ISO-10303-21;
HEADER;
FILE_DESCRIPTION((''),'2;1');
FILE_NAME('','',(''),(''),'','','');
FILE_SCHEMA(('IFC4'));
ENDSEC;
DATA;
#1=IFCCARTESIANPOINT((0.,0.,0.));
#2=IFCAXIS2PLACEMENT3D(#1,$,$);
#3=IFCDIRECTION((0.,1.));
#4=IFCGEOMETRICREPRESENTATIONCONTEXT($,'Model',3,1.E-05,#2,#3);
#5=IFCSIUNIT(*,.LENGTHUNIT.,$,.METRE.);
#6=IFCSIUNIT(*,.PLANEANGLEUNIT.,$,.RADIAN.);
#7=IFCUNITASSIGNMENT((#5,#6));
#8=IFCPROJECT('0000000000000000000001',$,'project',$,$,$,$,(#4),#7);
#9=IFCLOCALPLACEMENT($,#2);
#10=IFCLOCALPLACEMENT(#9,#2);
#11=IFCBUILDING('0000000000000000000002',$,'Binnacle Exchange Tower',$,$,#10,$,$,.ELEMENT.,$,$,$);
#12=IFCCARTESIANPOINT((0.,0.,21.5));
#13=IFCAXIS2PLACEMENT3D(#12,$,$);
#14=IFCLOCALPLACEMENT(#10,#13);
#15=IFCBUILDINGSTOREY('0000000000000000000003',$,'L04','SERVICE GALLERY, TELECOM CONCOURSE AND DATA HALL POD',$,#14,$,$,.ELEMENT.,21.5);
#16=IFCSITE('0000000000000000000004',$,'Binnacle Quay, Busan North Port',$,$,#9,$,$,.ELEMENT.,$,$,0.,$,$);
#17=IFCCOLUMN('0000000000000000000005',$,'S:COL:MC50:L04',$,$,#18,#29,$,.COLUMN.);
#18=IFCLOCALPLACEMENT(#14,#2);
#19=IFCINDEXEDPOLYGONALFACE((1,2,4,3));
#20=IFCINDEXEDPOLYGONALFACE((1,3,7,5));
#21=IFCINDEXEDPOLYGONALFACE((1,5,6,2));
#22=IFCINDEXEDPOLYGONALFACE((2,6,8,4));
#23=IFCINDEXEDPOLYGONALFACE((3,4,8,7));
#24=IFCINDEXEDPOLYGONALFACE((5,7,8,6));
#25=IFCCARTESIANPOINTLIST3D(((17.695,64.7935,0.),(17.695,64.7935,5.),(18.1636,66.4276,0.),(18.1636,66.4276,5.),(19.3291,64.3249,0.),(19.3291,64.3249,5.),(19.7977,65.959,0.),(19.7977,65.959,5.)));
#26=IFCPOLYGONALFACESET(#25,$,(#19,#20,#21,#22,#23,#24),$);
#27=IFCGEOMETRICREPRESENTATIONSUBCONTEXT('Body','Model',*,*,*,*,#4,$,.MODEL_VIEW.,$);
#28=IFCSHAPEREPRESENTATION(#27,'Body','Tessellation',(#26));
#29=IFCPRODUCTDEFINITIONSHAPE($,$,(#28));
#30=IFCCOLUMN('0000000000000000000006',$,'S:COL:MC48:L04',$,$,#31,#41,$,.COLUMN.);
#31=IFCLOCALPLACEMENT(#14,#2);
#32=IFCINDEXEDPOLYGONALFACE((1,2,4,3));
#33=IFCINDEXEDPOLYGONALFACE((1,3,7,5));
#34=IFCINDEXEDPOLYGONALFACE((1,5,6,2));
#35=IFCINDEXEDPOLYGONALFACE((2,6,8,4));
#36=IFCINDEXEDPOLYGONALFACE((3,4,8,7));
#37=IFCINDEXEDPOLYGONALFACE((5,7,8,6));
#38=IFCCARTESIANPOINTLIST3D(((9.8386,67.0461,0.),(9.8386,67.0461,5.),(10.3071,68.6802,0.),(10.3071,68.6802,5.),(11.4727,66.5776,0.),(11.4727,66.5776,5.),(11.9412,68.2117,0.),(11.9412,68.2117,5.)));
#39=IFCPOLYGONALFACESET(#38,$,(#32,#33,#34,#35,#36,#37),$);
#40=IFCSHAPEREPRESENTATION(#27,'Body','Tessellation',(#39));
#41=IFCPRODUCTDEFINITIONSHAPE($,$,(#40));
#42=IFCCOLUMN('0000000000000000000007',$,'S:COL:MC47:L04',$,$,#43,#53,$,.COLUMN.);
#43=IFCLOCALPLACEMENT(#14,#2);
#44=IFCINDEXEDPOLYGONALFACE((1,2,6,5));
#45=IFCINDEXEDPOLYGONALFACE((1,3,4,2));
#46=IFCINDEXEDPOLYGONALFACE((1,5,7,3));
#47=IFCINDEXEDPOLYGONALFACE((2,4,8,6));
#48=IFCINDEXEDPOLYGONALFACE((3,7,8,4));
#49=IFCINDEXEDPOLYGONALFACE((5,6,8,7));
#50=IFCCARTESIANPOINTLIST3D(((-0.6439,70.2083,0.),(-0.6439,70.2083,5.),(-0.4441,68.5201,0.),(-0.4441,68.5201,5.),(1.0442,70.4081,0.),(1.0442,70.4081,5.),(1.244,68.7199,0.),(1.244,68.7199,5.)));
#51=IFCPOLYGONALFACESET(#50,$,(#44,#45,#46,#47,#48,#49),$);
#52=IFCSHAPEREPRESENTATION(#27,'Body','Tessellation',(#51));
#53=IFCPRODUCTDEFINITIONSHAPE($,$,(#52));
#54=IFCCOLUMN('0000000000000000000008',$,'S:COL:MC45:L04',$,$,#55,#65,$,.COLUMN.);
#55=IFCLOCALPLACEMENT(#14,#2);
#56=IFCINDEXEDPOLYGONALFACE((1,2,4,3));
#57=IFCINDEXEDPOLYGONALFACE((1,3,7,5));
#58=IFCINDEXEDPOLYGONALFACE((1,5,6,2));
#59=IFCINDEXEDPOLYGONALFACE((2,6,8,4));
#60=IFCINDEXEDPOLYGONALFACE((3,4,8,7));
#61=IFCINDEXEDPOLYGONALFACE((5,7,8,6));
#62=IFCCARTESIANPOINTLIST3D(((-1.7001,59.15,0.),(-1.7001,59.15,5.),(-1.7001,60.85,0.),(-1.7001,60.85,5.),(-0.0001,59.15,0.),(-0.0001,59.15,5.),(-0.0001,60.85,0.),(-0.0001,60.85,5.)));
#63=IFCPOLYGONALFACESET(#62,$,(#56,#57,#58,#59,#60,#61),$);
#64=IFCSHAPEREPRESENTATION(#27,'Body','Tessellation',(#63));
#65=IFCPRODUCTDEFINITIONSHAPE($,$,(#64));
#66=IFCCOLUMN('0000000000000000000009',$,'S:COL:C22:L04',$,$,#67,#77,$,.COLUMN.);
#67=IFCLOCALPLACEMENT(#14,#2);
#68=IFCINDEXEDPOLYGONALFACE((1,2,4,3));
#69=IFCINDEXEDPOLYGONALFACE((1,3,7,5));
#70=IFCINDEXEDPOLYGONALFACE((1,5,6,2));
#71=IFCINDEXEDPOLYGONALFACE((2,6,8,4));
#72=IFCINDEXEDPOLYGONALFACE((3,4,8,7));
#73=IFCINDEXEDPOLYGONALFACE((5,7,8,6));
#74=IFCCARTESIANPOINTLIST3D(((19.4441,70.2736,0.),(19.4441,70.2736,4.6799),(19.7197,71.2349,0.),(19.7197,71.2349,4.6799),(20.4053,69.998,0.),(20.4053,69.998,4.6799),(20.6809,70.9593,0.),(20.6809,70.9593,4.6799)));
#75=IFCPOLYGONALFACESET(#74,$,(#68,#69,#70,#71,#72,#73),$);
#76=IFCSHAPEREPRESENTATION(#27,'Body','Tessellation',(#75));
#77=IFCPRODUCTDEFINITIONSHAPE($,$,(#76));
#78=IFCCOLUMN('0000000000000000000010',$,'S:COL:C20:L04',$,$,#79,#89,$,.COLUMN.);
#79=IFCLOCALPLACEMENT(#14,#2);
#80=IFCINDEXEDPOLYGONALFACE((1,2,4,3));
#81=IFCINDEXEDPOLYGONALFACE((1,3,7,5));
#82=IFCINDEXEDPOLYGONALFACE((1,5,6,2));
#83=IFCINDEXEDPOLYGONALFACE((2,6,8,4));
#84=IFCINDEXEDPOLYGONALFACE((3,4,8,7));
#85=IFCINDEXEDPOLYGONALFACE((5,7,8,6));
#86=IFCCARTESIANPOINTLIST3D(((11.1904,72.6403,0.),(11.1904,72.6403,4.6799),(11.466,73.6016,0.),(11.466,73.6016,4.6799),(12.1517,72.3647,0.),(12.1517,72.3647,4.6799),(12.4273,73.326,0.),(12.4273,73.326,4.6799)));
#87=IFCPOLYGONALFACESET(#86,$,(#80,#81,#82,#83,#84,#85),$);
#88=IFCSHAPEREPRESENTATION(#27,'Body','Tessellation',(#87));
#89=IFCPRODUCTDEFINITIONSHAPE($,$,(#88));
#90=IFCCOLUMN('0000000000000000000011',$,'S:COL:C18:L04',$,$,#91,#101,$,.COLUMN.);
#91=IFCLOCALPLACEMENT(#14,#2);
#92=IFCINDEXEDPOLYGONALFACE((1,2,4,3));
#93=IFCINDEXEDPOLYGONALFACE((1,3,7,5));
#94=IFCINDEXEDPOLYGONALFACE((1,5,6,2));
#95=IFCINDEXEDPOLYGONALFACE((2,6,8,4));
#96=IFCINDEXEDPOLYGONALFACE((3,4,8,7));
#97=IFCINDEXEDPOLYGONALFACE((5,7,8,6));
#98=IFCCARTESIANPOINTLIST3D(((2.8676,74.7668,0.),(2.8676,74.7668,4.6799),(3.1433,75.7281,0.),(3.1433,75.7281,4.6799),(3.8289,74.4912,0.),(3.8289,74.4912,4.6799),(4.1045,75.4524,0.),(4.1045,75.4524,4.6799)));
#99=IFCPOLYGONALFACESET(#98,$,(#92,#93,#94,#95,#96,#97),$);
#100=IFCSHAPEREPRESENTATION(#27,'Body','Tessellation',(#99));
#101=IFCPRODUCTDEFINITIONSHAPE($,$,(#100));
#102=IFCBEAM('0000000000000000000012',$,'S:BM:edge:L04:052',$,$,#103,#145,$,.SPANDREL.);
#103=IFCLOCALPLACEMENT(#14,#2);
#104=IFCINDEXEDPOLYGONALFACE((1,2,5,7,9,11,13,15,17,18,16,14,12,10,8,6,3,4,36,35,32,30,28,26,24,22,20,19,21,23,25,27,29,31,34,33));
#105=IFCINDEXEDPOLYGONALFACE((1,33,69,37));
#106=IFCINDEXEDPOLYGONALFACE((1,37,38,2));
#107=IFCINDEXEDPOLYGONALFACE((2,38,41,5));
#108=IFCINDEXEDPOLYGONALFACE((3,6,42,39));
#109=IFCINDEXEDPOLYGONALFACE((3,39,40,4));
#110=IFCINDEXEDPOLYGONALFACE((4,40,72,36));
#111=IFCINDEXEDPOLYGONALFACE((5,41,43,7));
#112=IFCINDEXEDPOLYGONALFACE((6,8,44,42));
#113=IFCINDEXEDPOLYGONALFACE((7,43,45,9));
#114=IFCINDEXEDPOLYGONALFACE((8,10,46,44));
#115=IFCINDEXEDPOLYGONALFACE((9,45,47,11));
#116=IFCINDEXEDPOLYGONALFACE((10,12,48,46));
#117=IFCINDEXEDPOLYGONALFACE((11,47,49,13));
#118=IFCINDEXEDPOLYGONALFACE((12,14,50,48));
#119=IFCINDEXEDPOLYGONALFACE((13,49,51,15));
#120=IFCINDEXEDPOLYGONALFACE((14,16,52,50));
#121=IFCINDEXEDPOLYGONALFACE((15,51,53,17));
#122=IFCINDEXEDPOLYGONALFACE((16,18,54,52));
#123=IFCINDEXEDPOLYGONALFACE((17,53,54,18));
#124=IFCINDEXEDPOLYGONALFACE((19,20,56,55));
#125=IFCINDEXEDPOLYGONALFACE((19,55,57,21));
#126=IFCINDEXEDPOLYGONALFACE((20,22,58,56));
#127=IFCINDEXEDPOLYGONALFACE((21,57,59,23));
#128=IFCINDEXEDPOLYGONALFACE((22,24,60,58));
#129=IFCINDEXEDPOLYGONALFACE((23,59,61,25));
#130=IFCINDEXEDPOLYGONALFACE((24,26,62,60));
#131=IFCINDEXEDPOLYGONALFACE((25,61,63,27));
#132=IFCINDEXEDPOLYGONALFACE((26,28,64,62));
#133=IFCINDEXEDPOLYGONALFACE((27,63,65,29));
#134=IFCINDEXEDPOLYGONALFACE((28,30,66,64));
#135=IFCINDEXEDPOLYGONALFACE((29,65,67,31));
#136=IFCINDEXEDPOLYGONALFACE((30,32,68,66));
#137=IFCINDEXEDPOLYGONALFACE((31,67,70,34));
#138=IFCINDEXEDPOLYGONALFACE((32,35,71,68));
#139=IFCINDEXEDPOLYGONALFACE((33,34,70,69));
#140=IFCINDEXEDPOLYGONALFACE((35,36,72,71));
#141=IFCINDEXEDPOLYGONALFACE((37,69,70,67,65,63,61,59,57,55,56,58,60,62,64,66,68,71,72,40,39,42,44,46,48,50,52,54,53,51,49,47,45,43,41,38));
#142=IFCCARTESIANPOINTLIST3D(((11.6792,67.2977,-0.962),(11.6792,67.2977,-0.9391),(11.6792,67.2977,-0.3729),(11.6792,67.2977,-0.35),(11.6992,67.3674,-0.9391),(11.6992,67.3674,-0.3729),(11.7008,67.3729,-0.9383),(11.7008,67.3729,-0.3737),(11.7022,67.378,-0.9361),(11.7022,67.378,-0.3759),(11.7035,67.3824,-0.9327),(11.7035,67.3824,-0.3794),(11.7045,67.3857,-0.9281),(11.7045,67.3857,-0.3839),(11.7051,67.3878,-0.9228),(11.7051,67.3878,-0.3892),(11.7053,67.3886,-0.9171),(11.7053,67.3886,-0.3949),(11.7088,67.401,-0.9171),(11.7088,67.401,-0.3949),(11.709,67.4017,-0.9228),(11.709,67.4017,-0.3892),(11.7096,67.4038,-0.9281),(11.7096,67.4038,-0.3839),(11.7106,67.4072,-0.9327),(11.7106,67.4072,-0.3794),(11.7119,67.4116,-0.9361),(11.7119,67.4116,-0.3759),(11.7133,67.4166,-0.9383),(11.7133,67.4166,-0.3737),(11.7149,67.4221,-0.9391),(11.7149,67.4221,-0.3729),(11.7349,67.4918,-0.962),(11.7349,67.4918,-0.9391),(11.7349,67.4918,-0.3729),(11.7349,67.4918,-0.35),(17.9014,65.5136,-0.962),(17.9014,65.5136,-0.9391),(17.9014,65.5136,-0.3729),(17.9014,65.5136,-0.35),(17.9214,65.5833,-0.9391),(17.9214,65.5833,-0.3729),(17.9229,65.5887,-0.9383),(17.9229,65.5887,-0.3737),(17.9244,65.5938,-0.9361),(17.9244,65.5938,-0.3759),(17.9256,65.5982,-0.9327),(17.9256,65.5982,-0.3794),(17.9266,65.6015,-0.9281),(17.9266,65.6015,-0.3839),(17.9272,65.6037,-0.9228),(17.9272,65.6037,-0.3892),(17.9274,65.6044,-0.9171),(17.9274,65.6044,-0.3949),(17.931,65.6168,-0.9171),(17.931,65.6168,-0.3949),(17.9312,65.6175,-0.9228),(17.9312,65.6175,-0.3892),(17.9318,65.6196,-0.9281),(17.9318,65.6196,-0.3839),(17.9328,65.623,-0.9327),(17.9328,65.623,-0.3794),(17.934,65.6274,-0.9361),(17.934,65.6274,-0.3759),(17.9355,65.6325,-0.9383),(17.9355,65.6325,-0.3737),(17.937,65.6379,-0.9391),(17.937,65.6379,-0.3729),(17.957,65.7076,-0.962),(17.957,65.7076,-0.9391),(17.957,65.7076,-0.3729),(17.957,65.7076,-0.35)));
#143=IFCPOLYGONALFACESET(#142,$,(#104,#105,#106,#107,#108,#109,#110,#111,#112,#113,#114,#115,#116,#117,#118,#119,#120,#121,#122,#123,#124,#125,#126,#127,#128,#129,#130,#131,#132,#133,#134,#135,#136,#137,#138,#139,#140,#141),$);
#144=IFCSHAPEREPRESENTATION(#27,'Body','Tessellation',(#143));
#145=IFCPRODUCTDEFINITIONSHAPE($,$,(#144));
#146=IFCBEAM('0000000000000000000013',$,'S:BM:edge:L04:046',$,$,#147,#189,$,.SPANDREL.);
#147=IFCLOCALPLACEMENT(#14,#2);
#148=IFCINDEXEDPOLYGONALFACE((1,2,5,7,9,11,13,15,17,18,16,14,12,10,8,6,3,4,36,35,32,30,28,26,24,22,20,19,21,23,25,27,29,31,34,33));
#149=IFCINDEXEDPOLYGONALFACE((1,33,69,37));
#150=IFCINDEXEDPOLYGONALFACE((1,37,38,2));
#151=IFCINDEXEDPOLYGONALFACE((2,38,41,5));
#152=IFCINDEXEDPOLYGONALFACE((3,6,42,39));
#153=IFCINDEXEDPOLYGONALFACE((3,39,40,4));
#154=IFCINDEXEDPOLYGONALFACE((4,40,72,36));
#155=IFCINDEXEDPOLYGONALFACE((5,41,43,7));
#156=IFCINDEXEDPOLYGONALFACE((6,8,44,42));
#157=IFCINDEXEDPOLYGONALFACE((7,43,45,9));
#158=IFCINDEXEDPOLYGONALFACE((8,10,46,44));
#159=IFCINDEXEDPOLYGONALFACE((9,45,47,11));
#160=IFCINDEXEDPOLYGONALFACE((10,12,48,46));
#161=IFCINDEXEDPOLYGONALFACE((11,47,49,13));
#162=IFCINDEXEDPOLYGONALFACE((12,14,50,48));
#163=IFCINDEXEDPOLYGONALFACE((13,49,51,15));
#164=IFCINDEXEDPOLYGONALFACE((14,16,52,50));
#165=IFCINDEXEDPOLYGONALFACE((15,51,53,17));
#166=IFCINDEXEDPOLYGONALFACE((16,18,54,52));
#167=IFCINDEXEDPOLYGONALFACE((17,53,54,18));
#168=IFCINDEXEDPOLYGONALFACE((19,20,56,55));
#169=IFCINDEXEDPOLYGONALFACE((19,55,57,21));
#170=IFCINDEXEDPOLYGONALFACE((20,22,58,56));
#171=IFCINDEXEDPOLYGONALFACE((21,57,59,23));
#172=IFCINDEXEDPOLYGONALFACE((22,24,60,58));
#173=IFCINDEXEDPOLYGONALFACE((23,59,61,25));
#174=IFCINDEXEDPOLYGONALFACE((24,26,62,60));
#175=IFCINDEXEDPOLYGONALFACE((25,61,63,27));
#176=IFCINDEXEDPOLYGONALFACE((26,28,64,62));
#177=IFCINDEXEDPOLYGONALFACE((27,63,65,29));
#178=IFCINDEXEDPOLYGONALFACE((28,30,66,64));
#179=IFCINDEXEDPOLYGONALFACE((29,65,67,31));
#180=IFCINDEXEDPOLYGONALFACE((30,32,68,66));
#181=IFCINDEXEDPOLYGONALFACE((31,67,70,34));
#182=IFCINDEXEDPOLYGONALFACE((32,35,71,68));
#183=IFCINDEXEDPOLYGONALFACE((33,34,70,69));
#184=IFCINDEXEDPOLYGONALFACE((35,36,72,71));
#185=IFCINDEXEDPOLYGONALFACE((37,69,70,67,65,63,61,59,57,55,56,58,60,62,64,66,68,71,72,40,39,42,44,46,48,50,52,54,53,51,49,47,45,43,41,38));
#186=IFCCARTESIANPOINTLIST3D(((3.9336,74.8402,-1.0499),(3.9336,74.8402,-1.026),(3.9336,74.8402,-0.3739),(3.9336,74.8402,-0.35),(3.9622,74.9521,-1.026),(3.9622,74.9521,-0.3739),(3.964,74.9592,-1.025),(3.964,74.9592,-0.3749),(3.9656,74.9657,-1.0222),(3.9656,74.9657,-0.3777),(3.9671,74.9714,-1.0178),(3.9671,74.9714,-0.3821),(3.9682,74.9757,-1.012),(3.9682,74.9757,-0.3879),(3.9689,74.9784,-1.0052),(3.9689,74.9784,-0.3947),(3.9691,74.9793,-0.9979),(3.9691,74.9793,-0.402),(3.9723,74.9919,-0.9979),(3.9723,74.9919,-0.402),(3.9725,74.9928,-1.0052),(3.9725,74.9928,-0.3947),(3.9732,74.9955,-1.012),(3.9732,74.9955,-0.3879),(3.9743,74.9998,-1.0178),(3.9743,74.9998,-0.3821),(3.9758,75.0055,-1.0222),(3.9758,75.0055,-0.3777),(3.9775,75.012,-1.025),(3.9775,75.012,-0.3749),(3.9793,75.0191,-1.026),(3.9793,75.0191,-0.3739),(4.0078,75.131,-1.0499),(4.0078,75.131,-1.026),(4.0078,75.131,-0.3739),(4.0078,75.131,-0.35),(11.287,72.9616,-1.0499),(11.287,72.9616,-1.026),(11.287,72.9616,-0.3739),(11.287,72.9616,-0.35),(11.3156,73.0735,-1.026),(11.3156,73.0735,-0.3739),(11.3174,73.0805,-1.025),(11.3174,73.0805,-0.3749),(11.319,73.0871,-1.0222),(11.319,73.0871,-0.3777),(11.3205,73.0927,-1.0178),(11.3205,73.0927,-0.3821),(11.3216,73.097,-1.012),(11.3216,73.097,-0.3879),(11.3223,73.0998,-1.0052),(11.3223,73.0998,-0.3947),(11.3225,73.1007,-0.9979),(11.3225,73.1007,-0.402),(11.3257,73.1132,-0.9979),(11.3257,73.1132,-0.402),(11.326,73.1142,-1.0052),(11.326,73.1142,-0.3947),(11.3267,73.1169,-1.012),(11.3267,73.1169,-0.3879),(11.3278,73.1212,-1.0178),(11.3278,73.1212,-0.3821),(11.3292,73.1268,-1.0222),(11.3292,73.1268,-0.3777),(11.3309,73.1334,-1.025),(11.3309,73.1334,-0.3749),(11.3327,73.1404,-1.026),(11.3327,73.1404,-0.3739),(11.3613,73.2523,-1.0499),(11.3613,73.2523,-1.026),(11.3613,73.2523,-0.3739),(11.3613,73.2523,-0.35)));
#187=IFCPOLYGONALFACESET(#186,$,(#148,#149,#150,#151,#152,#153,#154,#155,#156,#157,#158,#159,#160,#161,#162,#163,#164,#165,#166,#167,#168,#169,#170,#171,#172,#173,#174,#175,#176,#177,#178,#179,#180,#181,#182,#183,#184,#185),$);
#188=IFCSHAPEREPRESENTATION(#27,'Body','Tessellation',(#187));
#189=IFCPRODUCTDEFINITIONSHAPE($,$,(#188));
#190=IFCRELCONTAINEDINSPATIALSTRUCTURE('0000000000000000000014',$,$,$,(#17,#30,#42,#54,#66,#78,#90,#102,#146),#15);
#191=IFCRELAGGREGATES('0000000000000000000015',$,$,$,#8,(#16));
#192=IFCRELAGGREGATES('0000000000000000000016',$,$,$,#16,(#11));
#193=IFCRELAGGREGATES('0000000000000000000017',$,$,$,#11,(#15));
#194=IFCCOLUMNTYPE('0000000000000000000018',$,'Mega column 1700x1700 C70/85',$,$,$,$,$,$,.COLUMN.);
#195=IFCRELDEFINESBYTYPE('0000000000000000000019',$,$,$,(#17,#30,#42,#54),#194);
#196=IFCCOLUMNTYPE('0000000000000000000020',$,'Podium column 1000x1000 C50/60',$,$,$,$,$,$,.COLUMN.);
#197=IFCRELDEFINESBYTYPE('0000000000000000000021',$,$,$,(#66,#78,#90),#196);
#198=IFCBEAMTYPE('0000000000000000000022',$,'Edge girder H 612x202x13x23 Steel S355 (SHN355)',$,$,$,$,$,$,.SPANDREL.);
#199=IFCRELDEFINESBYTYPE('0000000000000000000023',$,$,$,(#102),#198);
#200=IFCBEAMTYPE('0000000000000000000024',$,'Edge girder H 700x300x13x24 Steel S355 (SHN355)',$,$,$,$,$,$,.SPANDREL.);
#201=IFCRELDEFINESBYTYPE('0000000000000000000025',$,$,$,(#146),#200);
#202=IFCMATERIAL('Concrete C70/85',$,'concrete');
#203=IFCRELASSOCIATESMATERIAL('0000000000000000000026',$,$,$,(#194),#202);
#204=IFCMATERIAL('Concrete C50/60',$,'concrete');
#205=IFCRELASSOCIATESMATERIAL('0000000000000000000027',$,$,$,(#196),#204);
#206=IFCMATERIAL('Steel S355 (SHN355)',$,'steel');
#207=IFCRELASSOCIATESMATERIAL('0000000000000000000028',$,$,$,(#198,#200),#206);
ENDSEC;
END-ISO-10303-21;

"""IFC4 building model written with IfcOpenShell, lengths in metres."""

from ifc_helpers import new_model, si_unit, direction, frame, origin, origin_2d, place, context, subcontext, project, spatial, rectangle, i_section, extrude, material, material_profile, profile_set, type_object, element, save


model = new_model("IFC4")

# Units and contexts
model_context = context("Model", 3, precision=1e-05, world=origin(), true_north=direction((0.0, 1.0)))
body_context = subcontext(model_context, "Body", "Model", "MODEL_VIEW")
ifc_project = project(units=[si_unit("LENGTHUNIT", "METRE"), si_unit("PLANEANGLEUNIT", "RADIAN")], contexts=[model_context])

# Site, building, storey
site_placement = place(None, origin())
site = spatial("IfcSite", under=ifc_project, at=site_placement, Name="Binnacle Quay, Busan North Port", CompositionType="ELEMENT", RefElevation=0.0)
building_placement = place(site_placement, origin())
building = spatial("IfcBuilding", under=site, at=building_placement, Name="Binnacle Exchange Tower", CompositionType="ELEMENT")
storey_placement = place(building_placement, frame((0.0, 0.0, 21.5)))
storey = spatial("IfcBuildingStorey", under=building, at=storey_placement, Name="L04", Description="SERVICE GALLERY, TELECOM CONCOURSE AND DATA HALL POD", CompositionType="ELEMENT", Elevation=21.5)

# Columns
ifc_material_1 = material(Name="Concrete C70/85", Category="concrete")
ifc_material_profile_1 = material_profile(ifc_material_1, rectangle(XDim=1.7, YDim=1.7, at=origin_2d()), Name="Mega column 1700x1700 C70/85")
ifc_profile_set_1 = profile_set([ifc_material_profile_1], Name="Concrete C70/85")
column_type_1 = type_object("IfcColumnType", Name="Mega column 1700x1700 C70/85", PredefinedType="COLUMN", material=ifc_profile_set_1)
for number, where, z_axis, x_axis, name in (
    (1, (18.7463, 65.3762, 0.0), (0.0, 0.0, 1.0), (-0.961262, 0.275637, 0.0), "S:COL:MC50:L04"),
    (2, (10.8899, 67.6289, 0.0), (0.0, 0.0, 1.0), (-0.961262, 0.275637, 0.0), "S:COL:MC48:L04"),
    (3, (0.3, 69.4641, 0.0), (0.0, 0.0, 1.0), (-0.993068, -0.117537, 0.0), "S:COL:MC47:L04"),
    (4, (-0.8501, 60.0, 0.0), (0.0, 0.0, 1.0), (0.0, 1.0, 0.0), "S:COL:MC45:L04"),
):
    element("IfcColumn", number, at=place(storey_placement, frame(where, z_axis=z_axis, x_axis=x_axis)), inside=storey, type_object=column_type_1, Name=name, PredefinedType="COLUMN", context=body_context, shape_type="SweptSolid", body=[
        extrude(rectangle(XDim=1.7, YDim=1.7, at=origin_2d()), origin(), (0.0, 0.0, 1.0), 5.0),
    ])
ifc_material_2 = material(Name="Concrete C50/60", Category="concrete")
ifc_material_profile_2 = material_profile(ifc_material_2, rectangle(XDim=1.0, YDim=1.0, at=origin_2d()), Name="Podium column 1000x1000 C50/60")
ifc_profile_set_2 = profile_set([ifc_material_profile_2], Name="Concrete C50/60")
column_type_2 = type_object("IfcColumnType", Name="Podium column 1000x1000 C50/60", PredefinedType="COLUMN", material=ifc_profile_set_2)
for number, where, z_axis, x_axis, name in (
    (5, (20.0625, 70.6165, 0.0), (0.0, 0.0, 1.0), (-0.961262, 0.275637, 0.0), "S:COL:C22:L04"),
    (6, (11.8088, 72.9832, 0.0), (0.0, 0.0, 1.0), (-0.961262, 0.275637, 0.0), "S:COL:C20:L04"),
    (7, (3.4861, 75.1096, 0.0), (0.0, 0.0, 1.0), (-0.961262, 0.275637, 0.0), "S:COL:C18:L04"),
):
    element("IfcColumn", number, at=place(storey_placement, frame(where, z_axis=z_axis, x_axis=x_axis)), inside=storey, type_object=column_type_2, Name=name, PredefinedType="COLUMN", context=body_context, shape_type="SweptSolid", body=[
        extrude(rectangle(XDim=1.0, YDim=1.0, at=origin_2d()), origin(), (0.0, 0.0, 1.0), 4.6799),
    ])

# Beams
ifc_material_3 = material(Name="Steel S355 (SHN355)", Category="steel")
ifc_material_profile_3 = material_profile(ifc_material_3, i_section(OverallWidth=0.2019, OverallDepth=0.6121, WebThickness=0.0129, FlangeThickness=0.0229, FilletRadius=0.022, at=origin_2d()), Name="H 612x202x13x23")
ifc_profile_set_3 = profile_set([ifc_material_profile_3], Name="Steel S355 (SHN355)")
beam_type_1 = type_object("IfcBeamType", Name="Edge girder H 612x202x13x23 Steel S355 (SHN355)", PredefinedType="SPANDREL", material=ifc_profile_set_3)
beam_1_placement = place(storey_placement, frame((17.9292, 65.6106, -0.656), z_axis=(-0.961262, 0.275638, 0.0), x_axis=(-0.275638, -0.961262, 0.0)))
element("IfcBeam", 8, at=beam_1_placement, inside=storey, type_object=beam_type_1, Name="S:BM:edge:L04:052", PredefinedType="SPANDREL", context=body_context, shape_type="SweptSolid", body=[
    extrude(i_section(OverallWidth=0.2019, OverallDepth=0.6121, WebThickness=0.0129, FlangeThickness=0.0229, FilletRadius=0.022, at=origin_2d()), origin(), (0.0, 0.0, 1.0), 6.4729),
])
ifc_material_profile_4 = material_profile(ifc_material_3, i_section(OverallWidth=0.3, OverallDepth=0.7, WebThickness=0.0129, FlangeThickness=0.0239, FilletRadius=0.0281, at=origin_2d()), Name="H 700x300x13x24")
ifc_profile_set_4 = profile_set([ifc_material_profile_4], Name="Steel S355 (SHN355)")
beam_type_2 = type_object("IfcBeamType", Name="Edge girder H 700x300x13x24 Steel S355 (SHN355)", PredefinedType="SPANDREL", material=ifc_profile_set_4)
beam_2_placement = place(storey_placement, frame((3.9707, 74.9856, -0.7), z_axis=(0.968881, -0.247528, 0.0), x_axis=(0.247528, 0.968881, 0.0)))
element("IfcBeam", 9, at=beam_2_placement, inside=storey, type_object=beam_type_2, Name="S:BM:edge:L04:046", PredefinedType="SPANDREL", context=body_context, shape_type="SweptSolid", body=[
    extrude(i_section(OverallWidth=0.3, OverallDepth=0.7, WebThickness=0.0129, FlangeThickness=0.0239, FilletRadius=0.0281, at=origin_2d()), origin(), (0.0, 0.0, 1.0), 7.5896),
])

save(model, "model.ifc")
